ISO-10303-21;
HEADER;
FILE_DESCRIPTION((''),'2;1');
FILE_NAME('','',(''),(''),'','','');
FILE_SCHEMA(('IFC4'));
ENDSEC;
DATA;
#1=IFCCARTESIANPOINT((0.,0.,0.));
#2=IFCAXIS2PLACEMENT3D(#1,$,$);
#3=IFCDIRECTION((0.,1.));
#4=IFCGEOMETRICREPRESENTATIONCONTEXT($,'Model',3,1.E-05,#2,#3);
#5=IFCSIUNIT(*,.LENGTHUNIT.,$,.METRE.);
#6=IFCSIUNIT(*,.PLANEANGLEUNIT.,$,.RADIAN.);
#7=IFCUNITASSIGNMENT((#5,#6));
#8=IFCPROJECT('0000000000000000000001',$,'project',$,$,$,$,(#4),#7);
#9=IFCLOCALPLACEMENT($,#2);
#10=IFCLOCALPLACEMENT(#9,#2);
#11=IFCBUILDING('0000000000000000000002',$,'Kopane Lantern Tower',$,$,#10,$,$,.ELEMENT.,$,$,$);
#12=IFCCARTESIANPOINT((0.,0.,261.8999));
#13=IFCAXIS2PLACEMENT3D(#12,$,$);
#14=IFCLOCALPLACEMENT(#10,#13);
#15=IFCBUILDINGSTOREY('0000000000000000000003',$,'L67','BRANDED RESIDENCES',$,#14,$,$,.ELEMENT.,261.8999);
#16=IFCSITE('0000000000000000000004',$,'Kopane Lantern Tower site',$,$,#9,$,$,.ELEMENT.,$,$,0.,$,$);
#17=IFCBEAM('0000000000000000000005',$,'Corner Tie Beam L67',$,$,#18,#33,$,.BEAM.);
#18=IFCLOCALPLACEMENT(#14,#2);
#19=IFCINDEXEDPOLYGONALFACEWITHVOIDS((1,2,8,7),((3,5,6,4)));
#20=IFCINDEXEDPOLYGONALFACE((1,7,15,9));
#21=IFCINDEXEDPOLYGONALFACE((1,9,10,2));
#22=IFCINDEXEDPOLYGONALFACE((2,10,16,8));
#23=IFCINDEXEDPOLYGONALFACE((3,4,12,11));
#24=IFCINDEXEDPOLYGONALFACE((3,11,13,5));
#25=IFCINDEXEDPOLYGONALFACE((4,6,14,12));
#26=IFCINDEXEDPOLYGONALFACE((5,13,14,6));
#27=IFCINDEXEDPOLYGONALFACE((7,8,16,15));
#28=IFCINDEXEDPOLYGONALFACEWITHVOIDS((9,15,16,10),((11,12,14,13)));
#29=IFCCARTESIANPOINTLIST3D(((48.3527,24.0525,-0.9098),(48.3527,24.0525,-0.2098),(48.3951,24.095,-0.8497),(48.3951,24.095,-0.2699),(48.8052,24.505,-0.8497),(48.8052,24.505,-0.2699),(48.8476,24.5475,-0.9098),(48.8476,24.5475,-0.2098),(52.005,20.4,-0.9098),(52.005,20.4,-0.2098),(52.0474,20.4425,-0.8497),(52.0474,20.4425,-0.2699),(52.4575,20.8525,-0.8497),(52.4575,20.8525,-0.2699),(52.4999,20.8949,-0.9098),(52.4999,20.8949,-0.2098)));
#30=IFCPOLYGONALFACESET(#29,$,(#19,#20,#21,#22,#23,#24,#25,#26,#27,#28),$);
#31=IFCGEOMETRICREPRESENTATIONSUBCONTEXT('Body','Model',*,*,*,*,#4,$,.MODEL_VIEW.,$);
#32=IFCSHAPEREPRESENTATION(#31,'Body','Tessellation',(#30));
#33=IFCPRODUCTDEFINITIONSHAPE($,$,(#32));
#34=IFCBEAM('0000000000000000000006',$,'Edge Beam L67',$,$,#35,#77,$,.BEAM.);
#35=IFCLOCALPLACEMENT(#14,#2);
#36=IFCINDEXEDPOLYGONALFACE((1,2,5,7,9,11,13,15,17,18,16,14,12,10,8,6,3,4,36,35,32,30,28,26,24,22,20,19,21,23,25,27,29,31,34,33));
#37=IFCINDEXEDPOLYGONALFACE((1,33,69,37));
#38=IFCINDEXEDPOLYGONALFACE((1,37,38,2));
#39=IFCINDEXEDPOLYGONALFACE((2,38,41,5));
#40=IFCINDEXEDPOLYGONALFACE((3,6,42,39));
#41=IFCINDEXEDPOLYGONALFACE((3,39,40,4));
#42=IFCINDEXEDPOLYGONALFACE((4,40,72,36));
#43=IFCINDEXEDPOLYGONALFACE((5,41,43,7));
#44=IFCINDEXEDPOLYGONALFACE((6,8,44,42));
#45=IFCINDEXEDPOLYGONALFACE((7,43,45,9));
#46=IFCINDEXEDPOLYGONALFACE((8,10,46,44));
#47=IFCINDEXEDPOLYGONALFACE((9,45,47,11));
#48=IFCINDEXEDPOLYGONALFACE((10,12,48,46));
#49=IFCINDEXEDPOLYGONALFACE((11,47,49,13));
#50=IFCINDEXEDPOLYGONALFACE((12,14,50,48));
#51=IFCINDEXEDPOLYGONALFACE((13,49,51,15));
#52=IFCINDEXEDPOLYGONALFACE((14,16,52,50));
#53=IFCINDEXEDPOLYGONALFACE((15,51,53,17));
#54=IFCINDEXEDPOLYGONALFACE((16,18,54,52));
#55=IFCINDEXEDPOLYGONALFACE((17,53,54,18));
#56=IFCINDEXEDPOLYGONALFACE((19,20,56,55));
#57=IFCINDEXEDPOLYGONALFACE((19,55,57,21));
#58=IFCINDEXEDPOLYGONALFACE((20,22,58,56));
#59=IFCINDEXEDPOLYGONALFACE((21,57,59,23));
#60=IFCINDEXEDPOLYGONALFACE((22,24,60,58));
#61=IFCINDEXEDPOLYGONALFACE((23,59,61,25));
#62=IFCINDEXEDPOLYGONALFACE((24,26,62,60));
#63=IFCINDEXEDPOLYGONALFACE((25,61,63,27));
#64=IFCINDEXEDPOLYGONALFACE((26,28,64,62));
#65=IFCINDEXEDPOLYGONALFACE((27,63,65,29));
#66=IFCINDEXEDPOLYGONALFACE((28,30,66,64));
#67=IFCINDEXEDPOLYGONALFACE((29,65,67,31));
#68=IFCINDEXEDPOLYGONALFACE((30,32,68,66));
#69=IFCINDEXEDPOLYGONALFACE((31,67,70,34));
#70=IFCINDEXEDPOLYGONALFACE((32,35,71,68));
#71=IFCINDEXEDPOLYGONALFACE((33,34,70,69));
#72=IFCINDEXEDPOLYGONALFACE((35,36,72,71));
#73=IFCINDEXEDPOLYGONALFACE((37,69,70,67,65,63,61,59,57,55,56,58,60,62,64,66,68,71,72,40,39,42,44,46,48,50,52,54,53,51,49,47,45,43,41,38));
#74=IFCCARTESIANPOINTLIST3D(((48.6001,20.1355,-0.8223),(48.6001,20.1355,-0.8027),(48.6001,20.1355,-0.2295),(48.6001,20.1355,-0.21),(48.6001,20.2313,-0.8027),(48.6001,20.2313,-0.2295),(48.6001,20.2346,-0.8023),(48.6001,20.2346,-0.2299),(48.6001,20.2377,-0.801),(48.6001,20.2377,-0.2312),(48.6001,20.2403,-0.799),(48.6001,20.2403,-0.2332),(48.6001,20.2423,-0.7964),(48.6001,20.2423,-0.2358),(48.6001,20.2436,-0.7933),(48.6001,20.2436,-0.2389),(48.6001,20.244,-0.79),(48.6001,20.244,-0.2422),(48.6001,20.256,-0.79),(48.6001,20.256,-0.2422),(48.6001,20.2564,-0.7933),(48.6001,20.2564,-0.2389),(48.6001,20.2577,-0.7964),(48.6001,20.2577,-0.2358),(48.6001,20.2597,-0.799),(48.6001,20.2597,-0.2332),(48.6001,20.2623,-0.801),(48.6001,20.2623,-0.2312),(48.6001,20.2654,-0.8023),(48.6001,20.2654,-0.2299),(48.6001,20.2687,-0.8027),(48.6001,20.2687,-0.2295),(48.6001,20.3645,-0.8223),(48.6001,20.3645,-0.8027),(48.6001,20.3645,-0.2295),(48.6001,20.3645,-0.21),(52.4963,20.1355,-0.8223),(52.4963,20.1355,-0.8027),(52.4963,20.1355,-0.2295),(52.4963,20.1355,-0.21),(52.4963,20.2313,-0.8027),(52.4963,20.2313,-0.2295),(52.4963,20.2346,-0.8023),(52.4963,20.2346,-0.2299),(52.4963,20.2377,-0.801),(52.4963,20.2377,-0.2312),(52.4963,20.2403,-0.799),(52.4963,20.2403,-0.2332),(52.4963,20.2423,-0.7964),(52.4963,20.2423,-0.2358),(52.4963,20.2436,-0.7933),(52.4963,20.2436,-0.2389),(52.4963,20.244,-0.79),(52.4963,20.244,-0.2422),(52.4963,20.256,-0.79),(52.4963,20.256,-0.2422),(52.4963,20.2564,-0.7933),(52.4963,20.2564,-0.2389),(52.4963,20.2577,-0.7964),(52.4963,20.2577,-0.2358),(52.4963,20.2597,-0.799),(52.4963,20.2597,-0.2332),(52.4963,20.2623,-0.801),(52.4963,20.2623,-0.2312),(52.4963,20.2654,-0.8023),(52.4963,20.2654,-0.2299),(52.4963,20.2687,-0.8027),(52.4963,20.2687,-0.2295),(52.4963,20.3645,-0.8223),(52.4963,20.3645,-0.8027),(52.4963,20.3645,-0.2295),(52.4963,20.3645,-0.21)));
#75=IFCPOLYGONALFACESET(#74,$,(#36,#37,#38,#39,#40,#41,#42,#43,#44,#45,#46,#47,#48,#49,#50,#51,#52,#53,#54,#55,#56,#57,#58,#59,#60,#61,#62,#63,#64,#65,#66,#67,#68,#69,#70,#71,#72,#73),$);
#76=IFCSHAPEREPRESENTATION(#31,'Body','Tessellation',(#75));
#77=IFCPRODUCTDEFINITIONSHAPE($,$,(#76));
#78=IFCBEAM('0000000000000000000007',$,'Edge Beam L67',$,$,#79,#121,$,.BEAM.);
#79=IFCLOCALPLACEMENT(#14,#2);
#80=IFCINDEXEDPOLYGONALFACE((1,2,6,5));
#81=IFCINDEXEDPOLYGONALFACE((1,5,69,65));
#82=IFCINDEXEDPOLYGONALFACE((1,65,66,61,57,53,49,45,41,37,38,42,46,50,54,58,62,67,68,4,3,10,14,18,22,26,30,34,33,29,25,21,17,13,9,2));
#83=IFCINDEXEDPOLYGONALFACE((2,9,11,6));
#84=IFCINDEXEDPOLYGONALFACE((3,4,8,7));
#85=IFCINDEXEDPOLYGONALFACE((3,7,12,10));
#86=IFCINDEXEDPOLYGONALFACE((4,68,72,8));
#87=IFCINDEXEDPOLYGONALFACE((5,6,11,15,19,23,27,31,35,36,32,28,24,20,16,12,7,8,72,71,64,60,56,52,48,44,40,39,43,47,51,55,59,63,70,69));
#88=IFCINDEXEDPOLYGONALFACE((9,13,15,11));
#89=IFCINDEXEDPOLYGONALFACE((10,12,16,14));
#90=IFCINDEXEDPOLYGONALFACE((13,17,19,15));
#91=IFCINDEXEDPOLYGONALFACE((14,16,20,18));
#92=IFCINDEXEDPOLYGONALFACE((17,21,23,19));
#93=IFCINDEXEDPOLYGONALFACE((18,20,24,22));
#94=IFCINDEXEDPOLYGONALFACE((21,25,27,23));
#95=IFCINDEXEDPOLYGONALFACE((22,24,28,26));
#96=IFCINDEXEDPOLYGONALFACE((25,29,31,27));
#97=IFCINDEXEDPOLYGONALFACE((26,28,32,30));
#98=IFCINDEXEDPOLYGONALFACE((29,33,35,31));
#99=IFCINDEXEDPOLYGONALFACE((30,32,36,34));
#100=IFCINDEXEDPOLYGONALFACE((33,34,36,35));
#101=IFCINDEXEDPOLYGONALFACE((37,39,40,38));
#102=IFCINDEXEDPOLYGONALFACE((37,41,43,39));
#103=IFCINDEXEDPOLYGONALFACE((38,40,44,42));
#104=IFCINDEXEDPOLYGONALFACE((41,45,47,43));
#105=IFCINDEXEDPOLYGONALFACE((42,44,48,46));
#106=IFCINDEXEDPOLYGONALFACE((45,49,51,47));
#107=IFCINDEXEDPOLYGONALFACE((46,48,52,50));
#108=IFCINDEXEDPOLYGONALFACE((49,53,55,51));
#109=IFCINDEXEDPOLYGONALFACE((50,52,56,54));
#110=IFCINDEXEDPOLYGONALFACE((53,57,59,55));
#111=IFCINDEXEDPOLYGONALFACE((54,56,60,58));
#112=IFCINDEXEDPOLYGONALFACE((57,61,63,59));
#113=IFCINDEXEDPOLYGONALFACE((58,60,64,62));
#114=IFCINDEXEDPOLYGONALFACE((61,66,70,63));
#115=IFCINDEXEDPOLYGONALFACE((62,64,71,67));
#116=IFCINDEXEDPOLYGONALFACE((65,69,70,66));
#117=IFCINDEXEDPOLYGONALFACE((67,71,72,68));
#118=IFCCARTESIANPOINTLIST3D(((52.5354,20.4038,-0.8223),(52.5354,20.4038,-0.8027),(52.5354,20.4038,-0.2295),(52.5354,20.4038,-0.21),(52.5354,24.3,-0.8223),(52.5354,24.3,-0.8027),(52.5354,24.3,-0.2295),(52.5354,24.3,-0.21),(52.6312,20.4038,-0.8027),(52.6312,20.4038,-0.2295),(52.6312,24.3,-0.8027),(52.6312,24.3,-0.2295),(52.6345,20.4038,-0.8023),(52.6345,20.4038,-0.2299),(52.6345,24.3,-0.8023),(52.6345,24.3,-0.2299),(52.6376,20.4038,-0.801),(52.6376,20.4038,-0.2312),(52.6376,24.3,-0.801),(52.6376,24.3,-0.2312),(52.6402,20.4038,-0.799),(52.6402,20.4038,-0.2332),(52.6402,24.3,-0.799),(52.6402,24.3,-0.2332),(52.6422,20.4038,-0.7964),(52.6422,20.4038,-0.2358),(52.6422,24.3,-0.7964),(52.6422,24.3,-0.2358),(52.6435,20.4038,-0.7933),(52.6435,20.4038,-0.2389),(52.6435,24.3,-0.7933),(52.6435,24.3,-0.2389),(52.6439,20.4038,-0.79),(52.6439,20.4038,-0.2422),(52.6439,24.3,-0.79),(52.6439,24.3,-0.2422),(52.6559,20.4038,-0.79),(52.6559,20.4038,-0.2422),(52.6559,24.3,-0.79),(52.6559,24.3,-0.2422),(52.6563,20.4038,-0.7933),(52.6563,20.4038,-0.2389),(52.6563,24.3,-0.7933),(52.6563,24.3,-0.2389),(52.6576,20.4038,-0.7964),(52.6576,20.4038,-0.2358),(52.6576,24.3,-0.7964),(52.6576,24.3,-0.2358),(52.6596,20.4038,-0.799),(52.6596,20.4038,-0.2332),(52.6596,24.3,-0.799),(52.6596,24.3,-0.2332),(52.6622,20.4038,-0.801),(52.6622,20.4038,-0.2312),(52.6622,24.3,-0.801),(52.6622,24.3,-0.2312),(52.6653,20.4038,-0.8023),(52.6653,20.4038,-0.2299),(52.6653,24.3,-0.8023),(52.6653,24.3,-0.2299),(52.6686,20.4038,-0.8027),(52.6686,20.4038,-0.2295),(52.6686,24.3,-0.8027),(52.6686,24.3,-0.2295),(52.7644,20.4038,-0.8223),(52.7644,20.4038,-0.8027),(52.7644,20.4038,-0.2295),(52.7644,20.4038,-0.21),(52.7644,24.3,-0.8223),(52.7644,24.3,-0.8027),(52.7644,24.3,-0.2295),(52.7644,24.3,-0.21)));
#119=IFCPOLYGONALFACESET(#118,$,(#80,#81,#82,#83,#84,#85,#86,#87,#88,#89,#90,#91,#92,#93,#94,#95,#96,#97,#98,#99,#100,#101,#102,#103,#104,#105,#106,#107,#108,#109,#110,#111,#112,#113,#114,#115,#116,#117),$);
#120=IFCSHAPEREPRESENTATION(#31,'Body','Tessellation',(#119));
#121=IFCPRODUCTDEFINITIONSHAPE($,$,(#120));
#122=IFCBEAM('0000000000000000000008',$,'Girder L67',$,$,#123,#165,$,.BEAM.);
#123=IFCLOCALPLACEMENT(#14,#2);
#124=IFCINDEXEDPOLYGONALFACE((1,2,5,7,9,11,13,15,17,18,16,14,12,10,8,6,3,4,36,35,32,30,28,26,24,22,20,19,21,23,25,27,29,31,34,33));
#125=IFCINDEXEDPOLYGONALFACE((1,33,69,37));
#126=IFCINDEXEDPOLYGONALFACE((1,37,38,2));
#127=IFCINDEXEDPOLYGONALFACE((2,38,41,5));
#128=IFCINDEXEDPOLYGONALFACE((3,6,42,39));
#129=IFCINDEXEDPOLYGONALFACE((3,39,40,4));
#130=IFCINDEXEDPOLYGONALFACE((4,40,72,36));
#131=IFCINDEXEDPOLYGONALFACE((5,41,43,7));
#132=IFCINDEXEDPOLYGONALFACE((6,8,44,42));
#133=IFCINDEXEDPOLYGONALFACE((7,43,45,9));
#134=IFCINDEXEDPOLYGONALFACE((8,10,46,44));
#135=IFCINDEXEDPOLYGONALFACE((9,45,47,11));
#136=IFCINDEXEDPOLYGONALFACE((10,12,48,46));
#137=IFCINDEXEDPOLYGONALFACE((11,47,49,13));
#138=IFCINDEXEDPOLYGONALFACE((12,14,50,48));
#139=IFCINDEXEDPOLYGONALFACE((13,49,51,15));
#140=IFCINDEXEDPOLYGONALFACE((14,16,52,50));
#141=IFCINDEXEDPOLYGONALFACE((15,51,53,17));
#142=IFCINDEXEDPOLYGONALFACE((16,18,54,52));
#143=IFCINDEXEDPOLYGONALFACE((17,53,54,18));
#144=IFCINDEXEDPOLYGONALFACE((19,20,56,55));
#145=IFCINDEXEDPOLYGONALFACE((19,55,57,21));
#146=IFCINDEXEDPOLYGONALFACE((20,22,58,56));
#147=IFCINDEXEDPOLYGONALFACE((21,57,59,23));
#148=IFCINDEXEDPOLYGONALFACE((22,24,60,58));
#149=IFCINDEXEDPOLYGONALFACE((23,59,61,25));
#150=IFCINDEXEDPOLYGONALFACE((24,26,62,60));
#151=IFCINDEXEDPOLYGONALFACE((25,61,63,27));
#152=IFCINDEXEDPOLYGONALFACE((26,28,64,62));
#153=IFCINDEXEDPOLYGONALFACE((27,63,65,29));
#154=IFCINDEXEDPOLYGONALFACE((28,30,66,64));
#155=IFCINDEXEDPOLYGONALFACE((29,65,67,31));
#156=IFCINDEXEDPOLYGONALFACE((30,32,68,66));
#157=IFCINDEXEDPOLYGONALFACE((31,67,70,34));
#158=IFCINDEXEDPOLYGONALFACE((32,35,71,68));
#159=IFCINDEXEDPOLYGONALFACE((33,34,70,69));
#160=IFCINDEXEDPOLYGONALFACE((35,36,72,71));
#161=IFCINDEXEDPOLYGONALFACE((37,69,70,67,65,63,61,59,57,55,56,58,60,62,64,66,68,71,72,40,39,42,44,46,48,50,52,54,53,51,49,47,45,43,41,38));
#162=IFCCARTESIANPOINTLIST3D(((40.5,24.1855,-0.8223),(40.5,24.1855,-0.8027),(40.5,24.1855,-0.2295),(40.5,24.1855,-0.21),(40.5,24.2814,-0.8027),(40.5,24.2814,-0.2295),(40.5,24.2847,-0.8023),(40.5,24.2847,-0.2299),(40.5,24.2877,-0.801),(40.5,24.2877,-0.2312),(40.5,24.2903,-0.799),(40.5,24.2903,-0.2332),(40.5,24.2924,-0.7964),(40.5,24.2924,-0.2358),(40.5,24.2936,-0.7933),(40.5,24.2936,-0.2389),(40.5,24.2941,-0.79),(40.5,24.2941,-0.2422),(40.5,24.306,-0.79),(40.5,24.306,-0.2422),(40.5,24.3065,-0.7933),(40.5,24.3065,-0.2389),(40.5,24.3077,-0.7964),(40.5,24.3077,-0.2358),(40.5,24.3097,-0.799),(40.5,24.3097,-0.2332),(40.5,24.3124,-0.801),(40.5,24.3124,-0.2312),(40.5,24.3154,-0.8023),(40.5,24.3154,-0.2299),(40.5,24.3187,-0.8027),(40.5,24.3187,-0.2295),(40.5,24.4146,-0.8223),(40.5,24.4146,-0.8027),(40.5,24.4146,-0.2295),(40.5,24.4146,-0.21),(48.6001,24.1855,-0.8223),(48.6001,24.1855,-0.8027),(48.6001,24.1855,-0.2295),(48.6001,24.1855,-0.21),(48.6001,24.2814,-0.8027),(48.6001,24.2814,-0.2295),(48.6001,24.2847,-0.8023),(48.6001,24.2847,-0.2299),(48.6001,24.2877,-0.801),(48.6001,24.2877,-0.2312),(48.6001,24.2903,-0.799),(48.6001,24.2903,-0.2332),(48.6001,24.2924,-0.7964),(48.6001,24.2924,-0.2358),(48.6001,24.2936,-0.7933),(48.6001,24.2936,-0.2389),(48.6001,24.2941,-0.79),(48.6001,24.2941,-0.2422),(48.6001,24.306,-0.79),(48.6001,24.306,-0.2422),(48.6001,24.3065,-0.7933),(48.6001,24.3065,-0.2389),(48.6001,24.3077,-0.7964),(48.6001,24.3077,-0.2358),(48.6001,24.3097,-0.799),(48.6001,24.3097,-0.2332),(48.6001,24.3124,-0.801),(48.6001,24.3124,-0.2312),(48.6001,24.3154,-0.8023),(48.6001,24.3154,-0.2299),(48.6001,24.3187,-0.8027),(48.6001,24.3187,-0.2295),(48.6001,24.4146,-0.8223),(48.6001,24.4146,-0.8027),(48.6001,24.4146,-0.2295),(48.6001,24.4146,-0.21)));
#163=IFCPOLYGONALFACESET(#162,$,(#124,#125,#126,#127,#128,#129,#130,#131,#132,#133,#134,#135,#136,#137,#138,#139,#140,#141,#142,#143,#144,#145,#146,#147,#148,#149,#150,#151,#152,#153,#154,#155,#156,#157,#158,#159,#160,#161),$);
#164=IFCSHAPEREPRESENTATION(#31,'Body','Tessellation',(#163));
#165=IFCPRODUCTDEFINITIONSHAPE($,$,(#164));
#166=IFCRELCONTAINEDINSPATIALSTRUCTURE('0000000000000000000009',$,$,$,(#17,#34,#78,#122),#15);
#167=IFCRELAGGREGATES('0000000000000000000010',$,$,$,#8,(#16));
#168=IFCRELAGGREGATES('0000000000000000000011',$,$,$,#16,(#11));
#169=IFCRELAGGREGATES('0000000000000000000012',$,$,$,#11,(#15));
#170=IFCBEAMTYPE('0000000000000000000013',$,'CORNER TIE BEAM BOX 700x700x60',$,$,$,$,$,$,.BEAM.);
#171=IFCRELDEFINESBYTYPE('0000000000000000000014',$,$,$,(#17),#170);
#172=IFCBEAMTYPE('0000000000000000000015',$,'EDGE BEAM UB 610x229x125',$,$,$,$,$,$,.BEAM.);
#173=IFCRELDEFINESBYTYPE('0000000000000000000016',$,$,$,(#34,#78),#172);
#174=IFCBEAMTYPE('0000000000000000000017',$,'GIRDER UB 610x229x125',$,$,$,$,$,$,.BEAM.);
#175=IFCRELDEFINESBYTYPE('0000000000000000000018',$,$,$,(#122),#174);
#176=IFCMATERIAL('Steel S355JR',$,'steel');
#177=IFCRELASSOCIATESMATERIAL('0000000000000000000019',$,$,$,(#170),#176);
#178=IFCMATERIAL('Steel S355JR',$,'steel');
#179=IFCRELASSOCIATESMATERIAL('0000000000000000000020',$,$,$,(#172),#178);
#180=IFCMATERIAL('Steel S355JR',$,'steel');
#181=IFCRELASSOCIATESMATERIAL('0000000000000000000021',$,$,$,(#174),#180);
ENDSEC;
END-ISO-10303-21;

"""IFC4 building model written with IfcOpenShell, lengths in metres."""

from ifc_helpers import new_model, si_unit, direction, frame, origin, origin_2d, place, context, subcontext, project, spatial, hollow_rectangle, i_section, extrude, material, material_profile, profile_set, type_object, element, save


model = new_model("IFC4")

# Units and contexts
model_context = context("Model", 3, precision=1e-05, world=origin(), true_north=direction((0.0, 1.0)))
body_context = subcontext(model_context, "Body", "Model", "MODEL_VIEW")
ifc_project = project(units=[si_unit("LENGTHUNIT", "METRE"), si_unit("PLANEANGLEUNIT", "RADIAN")], contexts=[model_context])

# Site, building, storey
site_placement = place(None, origin())
site = spatial("IfcSite", under=ifc_project, at=site_placement, Name="Kopane Lantern Tower site", CompositionType="ELEMENT", RefElevation=0.0)
building_placement = place(site_placement, origin())
building = spatial("IfcBuilding", under=site, at=building_placement, Name="Kopane Lantern Tower", CompositionType="ELEMENT")
storey_placement = place(building_placement, frame((0.0, 0.0, 261.8999)))
storey = spatial("IfcBuildingStorey", under=building, at=storey_placement, Name="L67", Description="BRANDED RESIDENCES", CompositionType="ELEMENT", Elevation=261.8999)

# Beams
ifc_material_1 = material(Name="Steel S355JR", Category="steel")
ifc_material_profile_1 = material_profile(ifc_material_1, hollow_rectangle(XDim=0.7, YDim=0.7, WallThickness=0.0601, at=origin_2d()), Name="BOX 700x700x60")
ifc_profile_set_1 = profile_set([ifc_material_profile_1], Name="Steel S355JR")
beam_type_1 = type_object("IfcBeamType", Name="CORNER TIE BEAM BOX 700x700x60", PredefinedType="BEAM", material=ifc_profile_set_1)
beam_placement = place(storey_placement, frame((52.2524, 20.6475, -0.5598), z_axis=(-0.707083, 0.70713, 0.0), x_axis=(-0.70713, -0.707083, 0.0)))
element("IfcBeam", 1, at=beam_placement, inside=storey, type_object=beam_type_1, Name="Corner Tie Beam L67", PredefinedType="BEAM", context=body_context, shape_type="SweptSolid", body=[
    extrude(hollow_rectangle(XDim=0.7, YDim=0.7, WallThickness=0.0601, at=origin_2d()), origin(), (0.0, 0.0, 1.0), 5.1653),
])
ifc_material_2 = material(Name="Steel S355JR", Category="steel")
ifc_material_profile_2 = material_profile(ifc_material_2, i_section(OverallWidth=0.229, OverallDepth=0.6123, WebThickness=0.012, FlangeThickness=0.0195, FilletRadius=0.0127, at=origin_2d()), Name="UB 610x229x125")
ifc_profile_set_2 = profile_set([ifc_material_profile_2], Name="Steel S355JR")
beam_type_2 = type_object("IfcBeamType", Name="EDGE BEAM UB 610x229x125", PredefinedType="BEAM", material=ifc_profile_set_2)
for number, where, z_axis, x_axis, name in (
    (2, (52.4963, 20.25, -0.5161), (-1.0, 0.0, 0.0), (0.0, -1.0, 0.0), "Edge Beam L67"),
    (3, (52.6499, 20.4038, -0.5161), (0.0, 1.0, 0.0), (-1.0, 0.0, 0.0), "Edge Beam L67"),
):
    element("IfcBeam", number, at=place(storey_placement, frame(where, z_axis=z_axis, x_axis=x_axis)), inside=storey, type_object=beam_type_2, Name=name, PredefinedType="BEAM", context=body_context, shape_type="SweptSolid", body=[
        extrude(i_section(OverallWidth=0.229, OverallDepth=0.6123, WebThickness=0.012, FlangeThickness=0.0195, FilletRadius=0.0127, at=origin_2d()), origin(), (0.0, 0.0, 1.0), 3.8962),
    ])
ifc_material_3 = material(Name="Steel S355JR", Category="steel")
ifc_material_profile_3 = material_profile(ifc_material_3, i_section(OverallWidth=0.229, OverallDepth=0.6123, WebThickness=0.012, FlangeThickness=0.0195, FilletRadius=0.0127, at=origin_2d()), Name="UB 610x229x125")
ifc_profile_set_3 = profile_set([ifc_material_profile_3], Name="Steel S355JR")
beam_type_3 = type_object("IfcBeamType", Name="GIRDER UB 610x229x125", PredefinedType="BEAM", material=ifc_profile_set_3)
for number, where, z_axis, x_axis, name in (
    (4, (40.5, 24.3, -0.5161), (1.0, 0.0, 0.0), (0.0, 1.0, 0.0), "Girder L67"),
):
    element("IfcBeam", number, at=place(storey_placement, frame(where, z_axis=z_axis, x_axis=x_axis)), inside=storey, type_object=beam_type_3, Name=name, PredefinedType="BEAM", context=body_context, shape_type="SweptSolid", body=[
        extrude(i_section(OverallWidth=0.229, OverallDepth=0.6123, WebThickness=0.012, FlangeThickness=0.0195, FilletRadius=0.0127, at=origin_2d()), origin(), (0.0, 0.0, 1.0), 8.1001),
    ])

save(model, "model.ifc")
